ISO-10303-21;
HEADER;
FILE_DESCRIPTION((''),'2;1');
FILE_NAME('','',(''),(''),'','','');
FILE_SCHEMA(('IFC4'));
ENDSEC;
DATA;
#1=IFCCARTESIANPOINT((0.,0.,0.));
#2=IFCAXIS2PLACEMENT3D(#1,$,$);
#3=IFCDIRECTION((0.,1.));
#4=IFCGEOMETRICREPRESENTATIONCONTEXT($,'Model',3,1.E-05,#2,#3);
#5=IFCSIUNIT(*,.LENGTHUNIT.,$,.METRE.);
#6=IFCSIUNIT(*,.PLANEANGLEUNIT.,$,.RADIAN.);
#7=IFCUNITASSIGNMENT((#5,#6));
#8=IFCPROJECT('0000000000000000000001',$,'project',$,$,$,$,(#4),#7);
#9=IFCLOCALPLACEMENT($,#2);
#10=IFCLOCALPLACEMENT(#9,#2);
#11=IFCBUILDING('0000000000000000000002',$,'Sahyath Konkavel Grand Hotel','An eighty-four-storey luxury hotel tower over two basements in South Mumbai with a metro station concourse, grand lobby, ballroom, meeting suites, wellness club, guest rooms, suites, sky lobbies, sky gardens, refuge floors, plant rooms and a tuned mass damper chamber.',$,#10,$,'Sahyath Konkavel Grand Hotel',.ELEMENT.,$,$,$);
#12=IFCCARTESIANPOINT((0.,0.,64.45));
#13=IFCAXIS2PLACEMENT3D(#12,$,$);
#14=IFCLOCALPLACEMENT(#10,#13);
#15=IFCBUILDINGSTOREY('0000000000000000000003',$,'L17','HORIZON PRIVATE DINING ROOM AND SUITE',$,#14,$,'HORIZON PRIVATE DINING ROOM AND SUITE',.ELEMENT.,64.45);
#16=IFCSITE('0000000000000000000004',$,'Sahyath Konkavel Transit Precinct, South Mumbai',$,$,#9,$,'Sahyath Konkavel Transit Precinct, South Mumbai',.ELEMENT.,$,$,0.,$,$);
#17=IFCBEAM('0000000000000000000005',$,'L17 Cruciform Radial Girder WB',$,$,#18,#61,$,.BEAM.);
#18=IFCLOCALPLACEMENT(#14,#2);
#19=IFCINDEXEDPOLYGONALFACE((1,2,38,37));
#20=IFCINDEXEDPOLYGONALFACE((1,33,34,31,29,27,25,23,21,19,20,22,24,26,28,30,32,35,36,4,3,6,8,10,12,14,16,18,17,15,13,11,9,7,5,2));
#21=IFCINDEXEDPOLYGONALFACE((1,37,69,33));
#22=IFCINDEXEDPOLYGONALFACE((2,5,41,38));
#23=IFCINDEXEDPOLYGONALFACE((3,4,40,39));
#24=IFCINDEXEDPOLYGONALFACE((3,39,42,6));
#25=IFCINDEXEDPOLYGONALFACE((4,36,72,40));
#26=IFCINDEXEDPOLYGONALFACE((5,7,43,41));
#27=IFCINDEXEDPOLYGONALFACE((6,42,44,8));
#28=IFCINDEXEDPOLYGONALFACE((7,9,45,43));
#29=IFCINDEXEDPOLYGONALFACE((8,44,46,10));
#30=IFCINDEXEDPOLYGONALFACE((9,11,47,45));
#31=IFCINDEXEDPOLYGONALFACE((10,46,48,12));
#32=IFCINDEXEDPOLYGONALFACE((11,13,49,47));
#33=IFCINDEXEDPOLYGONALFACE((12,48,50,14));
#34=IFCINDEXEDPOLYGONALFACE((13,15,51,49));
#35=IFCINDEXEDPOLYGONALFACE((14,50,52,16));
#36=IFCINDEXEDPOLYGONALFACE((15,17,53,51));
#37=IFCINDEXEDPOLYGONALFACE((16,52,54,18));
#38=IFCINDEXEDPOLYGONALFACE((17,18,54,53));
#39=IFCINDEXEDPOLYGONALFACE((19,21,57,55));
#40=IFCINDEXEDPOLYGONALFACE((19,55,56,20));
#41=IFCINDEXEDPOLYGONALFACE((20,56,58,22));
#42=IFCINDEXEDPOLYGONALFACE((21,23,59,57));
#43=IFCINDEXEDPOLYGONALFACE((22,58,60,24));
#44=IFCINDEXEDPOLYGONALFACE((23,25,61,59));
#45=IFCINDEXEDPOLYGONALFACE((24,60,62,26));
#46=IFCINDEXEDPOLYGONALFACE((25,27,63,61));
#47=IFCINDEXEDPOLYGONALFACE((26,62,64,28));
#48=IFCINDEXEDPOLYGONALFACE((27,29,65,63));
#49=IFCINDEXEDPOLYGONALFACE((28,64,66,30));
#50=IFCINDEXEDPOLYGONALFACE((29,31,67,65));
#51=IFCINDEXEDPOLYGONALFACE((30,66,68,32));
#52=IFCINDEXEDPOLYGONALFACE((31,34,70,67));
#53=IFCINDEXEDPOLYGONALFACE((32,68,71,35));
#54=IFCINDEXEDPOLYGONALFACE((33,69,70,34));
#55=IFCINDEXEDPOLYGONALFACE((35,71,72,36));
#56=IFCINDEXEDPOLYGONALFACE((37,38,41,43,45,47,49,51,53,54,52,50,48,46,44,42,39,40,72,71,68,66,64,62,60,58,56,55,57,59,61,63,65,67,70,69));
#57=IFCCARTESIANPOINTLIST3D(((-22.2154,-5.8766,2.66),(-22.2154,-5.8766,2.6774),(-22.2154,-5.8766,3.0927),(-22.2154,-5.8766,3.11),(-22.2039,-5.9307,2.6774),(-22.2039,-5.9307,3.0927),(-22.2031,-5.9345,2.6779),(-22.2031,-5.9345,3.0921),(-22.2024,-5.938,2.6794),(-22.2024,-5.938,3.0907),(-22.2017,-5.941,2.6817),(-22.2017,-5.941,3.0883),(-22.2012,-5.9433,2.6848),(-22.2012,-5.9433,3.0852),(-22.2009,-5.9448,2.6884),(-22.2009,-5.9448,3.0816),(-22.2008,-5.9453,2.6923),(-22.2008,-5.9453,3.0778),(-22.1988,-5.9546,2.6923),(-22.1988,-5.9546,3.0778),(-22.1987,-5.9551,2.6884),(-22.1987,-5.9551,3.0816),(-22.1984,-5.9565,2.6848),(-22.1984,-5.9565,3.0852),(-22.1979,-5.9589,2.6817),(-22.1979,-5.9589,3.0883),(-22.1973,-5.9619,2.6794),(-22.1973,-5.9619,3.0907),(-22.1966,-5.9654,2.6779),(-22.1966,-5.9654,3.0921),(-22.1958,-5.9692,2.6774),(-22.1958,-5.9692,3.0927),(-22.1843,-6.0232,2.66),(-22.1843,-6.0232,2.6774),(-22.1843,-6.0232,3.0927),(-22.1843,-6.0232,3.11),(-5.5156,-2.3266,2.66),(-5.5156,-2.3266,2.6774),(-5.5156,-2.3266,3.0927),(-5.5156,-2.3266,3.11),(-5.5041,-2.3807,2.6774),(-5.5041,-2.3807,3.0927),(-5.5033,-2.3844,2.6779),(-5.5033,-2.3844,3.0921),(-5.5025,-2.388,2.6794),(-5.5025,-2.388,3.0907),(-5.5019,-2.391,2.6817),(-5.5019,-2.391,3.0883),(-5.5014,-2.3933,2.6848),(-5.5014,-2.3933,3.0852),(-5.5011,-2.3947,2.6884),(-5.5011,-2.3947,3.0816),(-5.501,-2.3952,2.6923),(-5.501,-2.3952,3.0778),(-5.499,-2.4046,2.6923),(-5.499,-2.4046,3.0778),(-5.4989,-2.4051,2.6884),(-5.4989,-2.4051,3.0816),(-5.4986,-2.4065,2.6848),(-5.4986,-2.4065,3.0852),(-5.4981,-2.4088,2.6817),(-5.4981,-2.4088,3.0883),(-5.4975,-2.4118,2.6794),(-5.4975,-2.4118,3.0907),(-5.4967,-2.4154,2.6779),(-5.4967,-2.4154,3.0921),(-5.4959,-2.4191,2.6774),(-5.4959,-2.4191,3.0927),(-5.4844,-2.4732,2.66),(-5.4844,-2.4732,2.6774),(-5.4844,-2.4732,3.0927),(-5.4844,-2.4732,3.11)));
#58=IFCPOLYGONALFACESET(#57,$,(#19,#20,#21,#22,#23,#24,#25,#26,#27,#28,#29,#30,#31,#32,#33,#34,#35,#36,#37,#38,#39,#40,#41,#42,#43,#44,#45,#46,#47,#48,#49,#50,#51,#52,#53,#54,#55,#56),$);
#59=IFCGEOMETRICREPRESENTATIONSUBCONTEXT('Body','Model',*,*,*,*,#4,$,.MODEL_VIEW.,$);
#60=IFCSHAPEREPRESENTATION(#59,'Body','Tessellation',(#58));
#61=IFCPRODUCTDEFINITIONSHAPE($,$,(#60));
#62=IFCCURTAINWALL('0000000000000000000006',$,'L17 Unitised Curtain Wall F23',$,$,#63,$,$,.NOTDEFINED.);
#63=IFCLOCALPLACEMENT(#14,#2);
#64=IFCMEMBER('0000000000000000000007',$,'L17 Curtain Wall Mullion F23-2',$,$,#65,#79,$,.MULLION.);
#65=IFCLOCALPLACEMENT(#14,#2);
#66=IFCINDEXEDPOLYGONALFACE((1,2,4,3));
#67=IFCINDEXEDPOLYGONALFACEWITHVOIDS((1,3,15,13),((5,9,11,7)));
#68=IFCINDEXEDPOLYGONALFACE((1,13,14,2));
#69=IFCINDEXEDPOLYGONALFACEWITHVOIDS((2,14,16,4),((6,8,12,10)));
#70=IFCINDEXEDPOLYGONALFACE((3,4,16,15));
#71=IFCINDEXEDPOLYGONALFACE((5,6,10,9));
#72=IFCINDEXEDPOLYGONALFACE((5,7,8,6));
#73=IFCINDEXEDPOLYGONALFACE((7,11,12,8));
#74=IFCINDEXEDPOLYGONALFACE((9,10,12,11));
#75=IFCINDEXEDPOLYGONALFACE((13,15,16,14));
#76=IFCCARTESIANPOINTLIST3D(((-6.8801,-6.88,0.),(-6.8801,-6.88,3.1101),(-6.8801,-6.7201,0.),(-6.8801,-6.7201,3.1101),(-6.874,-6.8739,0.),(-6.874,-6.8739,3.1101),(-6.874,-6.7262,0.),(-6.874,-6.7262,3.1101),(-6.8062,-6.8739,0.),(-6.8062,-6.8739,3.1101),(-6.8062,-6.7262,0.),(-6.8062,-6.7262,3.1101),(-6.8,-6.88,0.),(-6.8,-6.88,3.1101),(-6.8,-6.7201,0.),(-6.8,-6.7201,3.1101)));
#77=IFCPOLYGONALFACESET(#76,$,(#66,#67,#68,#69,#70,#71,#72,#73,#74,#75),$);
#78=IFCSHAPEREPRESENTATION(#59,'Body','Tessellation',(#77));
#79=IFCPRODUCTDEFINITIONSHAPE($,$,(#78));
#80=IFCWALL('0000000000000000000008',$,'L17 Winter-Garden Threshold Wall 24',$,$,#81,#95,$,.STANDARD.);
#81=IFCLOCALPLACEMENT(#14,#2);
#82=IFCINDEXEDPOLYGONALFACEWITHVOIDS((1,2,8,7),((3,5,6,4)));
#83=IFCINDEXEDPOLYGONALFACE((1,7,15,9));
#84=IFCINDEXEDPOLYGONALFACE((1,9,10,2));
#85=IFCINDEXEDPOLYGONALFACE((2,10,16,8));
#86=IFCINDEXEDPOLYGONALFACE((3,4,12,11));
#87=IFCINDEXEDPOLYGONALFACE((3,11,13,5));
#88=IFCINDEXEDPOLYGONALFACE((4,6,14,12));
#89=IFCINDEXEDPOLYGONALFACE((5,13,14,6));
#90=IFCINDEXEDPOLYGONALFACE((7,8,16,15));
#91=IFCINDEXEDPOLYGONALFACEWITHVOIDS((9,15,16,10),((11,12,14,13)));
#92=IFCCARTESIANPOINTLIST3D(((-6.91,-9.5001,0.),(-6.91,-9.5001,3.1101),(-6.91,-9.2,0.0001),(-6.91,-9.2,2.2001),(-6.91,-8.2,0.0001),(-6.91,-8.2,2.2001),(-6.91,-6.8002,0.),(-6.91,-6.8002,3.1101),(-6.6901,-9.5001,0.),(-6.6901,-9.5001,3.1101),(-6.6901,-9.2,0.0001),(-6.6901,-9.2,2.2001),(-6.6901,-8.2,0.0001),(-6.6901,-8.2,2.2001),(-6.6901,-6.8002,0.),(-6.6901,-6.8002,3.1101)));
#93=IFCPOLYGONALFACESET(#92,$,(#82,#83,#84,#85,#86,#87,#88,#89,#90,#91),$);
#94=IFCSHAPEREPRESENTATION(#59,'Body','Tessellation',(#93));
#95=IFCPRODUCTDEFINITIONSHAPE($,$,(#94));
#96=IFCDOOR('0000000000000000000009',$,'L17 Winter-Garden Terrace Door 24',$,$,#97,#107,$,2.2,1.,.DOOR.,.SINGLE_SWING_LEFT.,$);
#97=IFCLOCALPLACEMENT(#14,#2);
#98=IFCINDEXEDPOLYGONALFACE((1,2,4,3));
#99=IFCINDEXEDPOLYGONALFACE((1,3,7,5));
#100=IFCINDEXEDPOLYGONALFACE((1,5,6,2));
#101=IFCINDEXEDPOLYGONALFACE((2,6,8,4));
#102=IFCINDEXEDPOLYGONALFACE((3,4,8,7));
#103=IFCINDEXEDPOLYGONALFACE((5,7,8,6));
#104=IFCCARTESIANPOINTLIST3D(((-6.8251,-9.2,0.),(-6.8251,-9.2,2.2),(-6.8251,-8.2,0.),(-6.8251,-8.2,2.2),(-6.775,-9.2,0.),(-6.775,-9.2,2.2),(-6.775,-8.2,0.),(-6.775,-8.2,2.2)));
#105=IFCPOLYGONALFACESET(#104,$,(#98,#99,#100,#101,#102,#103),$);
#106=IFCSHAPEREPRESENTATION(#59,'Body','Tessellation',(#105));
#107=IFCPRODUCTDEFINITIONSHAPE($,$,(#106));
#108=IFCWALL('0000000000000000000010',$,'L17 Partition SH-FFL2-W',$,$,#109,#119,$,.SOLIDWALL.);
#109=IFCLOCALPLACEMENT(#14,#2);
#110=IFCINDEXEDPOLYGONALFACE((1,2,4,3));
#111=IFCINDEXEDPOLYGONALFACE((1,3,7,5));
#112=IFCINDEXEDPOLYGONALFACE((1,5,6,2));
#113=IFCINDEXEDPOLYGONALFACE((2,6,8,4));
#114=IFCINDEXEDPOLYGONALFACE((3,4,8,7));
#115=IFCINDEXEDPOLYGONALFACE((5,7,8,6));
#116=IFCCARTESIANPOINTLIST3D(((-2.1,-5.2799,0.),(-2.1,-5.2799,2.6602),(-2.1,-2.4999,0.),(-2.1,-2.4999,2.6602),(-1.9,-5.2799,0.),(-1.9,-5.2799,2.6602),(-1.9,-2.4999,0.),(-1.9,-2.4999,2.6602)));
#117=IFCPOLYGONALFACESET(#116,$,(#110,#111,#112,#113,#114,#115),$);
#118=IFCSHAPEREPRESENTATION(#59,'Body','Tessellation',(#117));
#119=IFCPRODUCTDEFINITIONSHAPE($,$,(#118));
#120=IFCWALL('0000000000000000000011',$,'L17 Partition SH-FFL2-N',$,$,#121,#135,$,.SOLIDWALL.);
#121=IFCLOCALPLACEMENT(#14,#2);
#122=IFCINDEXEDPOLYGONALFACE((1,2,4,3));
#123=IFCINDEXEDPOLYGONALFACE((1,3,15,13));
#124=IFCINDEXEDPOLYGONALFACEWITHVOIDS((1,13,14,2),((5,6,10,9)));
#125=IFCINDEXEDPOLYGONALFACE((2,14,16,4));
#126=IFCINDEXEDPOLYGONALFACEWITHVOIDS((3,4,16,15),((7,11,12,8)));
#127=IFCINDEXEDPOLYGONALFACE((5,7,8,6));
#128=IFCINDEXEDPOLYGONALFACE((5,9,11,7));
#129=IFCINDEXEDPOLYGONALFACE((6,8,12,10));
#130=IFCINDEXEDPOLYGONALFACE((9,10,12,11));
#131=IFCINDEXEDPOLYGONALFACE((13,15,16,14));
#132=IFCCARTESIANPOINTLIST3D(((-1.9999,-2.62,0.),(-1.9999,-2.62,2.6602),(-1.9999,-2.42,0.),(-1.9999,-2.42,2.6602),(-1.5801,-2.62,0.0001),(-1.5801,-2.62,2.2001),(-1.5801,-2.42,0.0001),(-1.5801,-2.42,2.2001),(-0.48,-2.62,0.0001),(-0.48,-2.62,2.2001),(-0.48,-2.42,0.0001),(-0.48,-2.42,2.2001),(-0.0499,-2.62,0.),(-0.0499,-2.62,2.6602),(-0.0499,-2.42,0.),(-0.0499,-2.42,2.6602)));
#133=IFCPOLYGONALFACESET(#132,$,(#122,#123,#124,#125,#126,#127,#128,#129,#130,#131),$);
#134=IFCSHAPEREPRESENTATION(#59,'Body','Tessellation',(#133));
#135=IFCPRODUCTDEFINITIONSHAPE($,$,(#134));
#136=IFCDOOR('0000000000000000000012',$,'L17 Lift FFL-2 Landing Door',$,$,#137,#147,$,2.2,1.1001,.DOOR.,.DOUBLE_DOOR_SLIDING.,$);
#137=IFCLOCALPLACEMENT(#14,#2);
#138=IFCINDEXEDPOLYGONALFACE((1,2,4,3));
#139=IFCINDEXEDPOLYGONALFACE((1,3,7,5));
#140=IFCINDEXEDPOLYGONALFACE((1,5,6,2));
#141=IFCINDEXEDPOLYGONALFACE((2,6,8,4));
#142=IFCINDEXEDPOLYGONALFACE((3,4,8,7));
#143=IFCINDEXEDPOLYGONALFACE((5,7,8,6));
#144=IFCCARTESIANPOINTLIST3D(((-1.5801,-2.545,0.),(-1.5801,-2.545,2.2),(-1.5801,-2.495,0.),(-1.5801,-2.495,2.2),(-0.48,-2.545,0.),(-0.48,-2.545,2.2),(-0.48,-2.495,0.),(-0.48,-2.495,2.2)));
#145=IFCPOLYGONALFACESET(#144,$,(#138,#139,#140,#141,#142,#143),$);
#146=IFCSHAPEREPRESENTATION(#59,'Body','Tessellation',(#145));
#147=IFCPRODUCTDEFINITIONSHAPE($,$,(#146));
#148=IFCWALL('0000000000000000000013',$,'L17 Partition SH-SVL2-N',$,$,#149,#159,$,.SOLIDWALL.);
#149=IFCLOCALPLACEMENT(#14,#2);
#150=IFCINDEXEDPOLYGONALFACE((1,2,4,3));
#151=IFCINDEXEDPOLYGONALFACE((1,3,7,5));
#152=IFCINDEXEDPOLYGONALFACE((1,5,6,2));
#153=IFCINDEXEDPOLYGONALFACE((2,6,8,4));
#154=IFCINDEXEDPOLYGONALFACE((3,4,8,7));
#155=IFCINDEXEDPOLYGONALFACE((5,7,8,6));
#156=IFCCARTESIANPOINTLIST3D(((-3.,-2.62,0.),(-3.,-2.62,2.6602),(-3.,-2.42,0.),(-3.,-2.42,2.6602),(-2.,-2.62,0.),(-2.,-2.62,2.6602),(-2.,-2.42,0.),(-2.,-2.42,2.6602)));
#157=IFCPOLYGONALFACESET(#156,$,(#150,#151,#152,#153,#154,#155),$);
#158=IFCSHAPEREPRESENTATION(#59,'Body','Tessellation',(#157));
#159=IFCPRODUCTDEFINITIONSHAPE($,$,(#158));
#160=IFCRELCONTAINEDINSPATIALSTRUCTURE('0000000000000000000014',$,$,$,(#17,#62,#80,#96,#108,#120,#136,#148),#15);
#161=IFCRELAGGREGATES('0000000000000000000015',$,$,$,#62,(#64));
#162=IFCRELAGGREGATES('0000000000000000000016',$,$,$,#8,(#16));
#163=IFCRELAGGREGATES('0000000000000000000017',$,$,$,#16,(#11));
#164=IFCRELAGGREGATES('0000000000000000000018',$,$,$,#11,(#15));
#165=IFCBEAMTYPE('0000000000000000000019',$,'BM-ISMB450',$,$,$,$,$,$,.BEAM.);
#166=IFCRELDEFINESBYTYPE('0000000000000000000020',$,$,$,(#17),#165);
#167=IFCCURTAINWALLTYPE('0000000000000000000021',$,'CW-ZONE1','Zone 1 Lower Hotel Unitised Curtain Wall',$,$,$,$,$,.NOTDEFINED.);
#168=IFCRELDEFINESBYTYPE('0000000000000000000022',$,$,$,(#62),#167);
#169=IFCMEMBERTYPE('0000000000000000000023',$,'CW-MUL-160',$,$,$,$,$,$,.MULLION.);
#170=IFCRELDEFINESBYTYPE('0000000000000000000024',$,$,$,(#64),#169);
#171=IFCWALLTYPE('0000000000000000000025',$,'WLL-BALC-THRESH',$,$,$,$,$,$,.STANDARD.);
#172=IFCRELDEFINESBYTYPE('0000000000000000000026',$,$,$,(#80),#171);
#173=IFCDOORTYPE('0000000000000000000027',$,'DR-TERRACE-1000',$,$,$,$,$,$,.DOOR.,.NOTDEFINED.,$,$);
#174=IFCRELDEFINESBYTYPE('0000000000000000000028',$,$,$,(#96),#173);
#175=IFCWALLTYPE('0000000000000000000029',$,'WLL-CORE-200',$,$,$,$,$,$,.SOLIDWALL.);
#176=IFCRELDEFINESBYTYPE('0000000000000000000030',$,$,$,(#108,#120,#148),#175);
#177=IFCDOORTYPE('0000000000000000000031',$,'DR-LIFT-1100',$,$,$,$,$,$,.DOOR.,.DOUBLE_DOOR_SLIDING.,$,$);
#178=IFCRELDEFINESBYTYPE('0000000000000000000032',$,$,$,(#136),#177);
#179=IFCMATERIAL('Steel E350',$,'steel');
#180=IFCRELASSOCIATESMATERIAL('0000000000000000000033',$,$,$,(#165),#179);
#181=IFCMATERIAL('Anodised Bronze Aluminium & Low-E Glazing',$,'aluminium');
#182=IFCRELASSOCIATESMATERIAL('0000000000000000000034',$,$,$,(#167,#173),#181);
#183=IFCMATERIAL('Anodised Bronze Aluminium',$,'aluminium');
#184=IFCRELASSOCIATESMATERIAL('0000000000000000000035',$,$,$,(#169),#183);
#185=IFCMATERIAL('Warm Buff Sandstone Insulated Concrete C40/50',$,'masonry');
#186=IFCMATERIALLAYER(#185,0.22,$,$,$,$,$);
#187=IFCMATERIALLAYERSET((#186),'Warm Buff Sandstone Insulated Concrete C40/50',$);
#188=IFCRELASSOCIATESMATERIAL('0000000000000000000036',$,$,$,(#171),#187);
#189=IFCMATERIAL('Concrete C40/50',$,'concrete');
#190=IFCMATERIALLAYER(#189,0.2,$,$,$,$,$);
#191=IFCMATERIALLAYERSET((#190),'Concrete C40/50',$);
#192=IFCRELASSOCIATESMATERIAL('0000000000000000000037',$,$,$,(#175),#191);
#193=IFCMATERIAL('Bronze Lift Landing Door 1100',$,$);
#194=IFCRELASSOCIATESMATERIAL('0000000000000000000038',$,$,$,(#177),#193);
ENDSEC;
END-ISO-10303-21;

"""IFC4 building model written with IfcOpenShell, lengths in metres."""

from ifc_helpers import new_model, si_unit, direction, frame, frame_2d, origin, origin_2d, place, context, subcontext, project, spatial, rectangle, hollow_rectangle, i_section, extrude, source, transform, mapped, material, layer, layer_set, material_profile, profile_set, type_object, element, fill, aggregate, save


model = new_model("IFC4")

# Units and contexts
model_context = context("Model", 3, precision=1e-05, world=origin(), true_north=direction((0.0, 1.0)))
body_context = subcontext(model_context, "Body", "Model", "MODEL_VIEW")
ifc_project = project(units=[si_unit("LENGTHUNIT", "METRE"), si_unit("PLANEANGLEUNIT", "RADIAN")], contexts=[model_context])

# Site, building, storey
site_placement = place(None, origin())
site = spatial("IfcSite", under=ifc_project, at=site_placement, Name="Sahyath Konkavel Transit Precinct, South Mumbai", LongName="Sahyath Konkavel Transit Precinct, South Mumbai", CompositionType="ELEMENT", RefElevation=0.0)
building_placement = place(site_placement, origin())
building = spatial("IfcBuilding", under=site, at=building_placement, Name="Sahyath Konkavel Grand Hotel", Description="An eighty-four-storey luxury hotel tower over two basements in South Mumbai with a metro station concourse, grand lobby, ballroom, meeting suites, wellness club, guest rooms, suites, sky lobbies, sky gardens, refuge floors, plant rooms and a tuned mass damper chamber.", LongName="Sahyath Konkavel Grand Hotel", CompositionType="ELEMENT")
storey_placement = place(building_placement, frame((0.0, 0.0, 64.45)))
storey = spatial("IfcBuildingStorey", under=building, at=storey_placement, Name="L17", Description="HORIZON PRIVATE DINING ROOM AND SUITE", LongName="HORIZON PRIVATE DINING ROOM AND SUITE", CompositionType="ELEMENT", Elevation=64.45)

# Beam
ifc_material_1 = material(Name="Steel E350", Category="steel")
ifc_material_profile_1 = material_profile(ifc_material_1, i_section(OverallWidth=0.1499, OverallDepth=0.45, WebThickness=0.0095, FlangeThickness=0.0173, FilletRadius=0.0149, at=origin_2d()), Name="ISMB 450")
ifc_profile_set_1 = profile_set([ifc_material_profile_1], Name="Steel E350")
beam_type_1 = type_object("IfcBeamType", Name="BM-ISMB450", PredefinedType="BEAM", material=ifc_profile_set_1)
shared_shape_1 = source(origin(), body_context, "Body", "SweptSolid", [
    extrude(i_section(OverallWidth=0.1499, OverallDepth=0.45, WebThickness=0.0095, FlangeThickness=0.0173, FilletRadius=0.0149, at=origin_2d()), origin(), (0.0, 0.0, 1.0), 17.073),
])
beam_1_placement = place(storey_placement, frame((-5.5, -2.3999, 2.885), z_axis=(-0.978143, -0.207932, 0.0), x_axis=(0.207932, -0.978143, 0.0)))
element("IfcBeam", 1, at=beam_1_placement, inside=storey, type_object=beam_type_1, Name="L17 Cruciform Radial Girder WB", PredefinedType="BEAM", context=body_context, shape_type="MappedRepresentation", body=[
    mapped(shared_shape_1, transform((0.0, 0.0, 0.0), scale=1.0)),
])

# Curtain wall, member
ifc_material_2 = material(Name="Anodised Bronze Aluminium & Low-E Glazing", Category="aluminium")
curtain_wall_type = type_object("IfcCurtainWallType", Name="CW-ZONE1", Description="Zone 1 Lower Hotel Unitised Curtain Wall", PredefinedType="NOTDEFINED", material=ifc_material_2)
curtain_wall_placement = place(storey_placement, origin())
curtain_wall = element("IfcCurtainWall", 2, at=curtain_wall_placement, inside=storey, type_object=curtain_wall_type, Name="L17 Unitised Curtain Wall F23", PredefinedType="NOTDEFINED")
ifc_material_3 = material(Name="Anodised Bronze Aluminium", Category="aluminium")
ifc_material_profile_2 = material_profile(ifc_material_3, hollow_rectangle(XDim=0.0801, YDim=0.1599, WallThickness=0.0061, at=origin_2d()), Name="RHS 160x80x6")
ifc_profile_set_2 = profile_set([ifc_material_profile_2], Name="Anodised Bronze Aluminium")
member_type = type_object("IfcMemberType", Name="CW-MUL-160", PredefinedType="MULLION", material=ifc_profile_set_2)
shared_shape_2 = source(origin(), body_context, "Body", "SweptSolid", [
    extrude(hollow_rectangle(XDim=0.0801, YDim=0.1599, WallThickness=0.0061, at=origin_2d()), origin(), (0.0, 0.0, 1.0), 3.1101),
])
member_placement = place(storey_placement, frame((-6.8401, -6.8, 0.0), z_axis=(0.0, 0.0, 1.0), x_axis=(1.0, 0.0, 0.0)))
member = element("IfcMember", 3, at=member_placement, type_object=member_type, Name="L17 Curtain Wall Mullion F23-2", PredefinedType="MULLION", context=body_context, shape_type="MappedRepresentation", body=[
    mapped(shared_shape_2, transform((0.0, 0.0, 0.0), scale=1.0)),
])
aggregate(curtain_wall, [member])

# Wall, opening, door
ifc_material_4 = material(Name="Warm Buff Sandstone Insulated Concrete C40/50", Category="masonry")
ifc_layer_1 = layer(ifc_material_4, 0.22)
ifc_layer_set_1 = layer_set([ifc_layer_1], Name="Warm Buff Sandstone Insulated Concrete C40/50")
wall_type_1 = type_object("IfcWallType", Name="WLL-BALC-THRESH", PredefinedType="STANDARD", material=ifc_layer_set_1)
wall_1_placement = place(storey_placement, frame((-6.8, -6.8, 0.0), z_axis=(0.0, 0.0, 1.0), x_axis=(0.0, -1.0, 0.0)))
wall_1 = element("IfcWall", 4, at=wall_1_placement, inside=storey, type_object=wall_type_1, Name="L17 Winter-Garden Threshold Wall 24", PredefinedType="STANDARD", context=body_context, shape_type="SweptSolid", body=[
    extrude(rectangle(XDim=2.7, YDim=0.22, at=frame_2d((1.3501, 0.0))), origin(), (0.0, 0.0, 1.0), 3.1101),
])
opening_1_placement = place(wall_1_placement, frame((1.3999, 0.0, 0.0)))
opening_1 = element("IfcOpeningElement", 5, at=opening_1_placement, cuts=wall_1, PredefinedType="OPENING", context=body_context, shape_type="SweptSolid", body=[
    extrude(rectangle(XDim=1.0, YDim=2.2, at=frame_2d((0.5, 1.1001))), frame((0.0, 0.1201, 0.0), z_axis=(0.0, -1.0, 0.0), x_axis=(1.0, 0.0, 0.0)), (0.0, 0.0, 1.0), 0.24),
])
door_type_1 = type_object("IfcDoorType", Name="DR-TERRACE-1000", OperationType="NOTDEFINED", PredefinedType="DOOR", material=ifc_material_2)
shared_shape_3 = source(origin(), body_context, "Body", "SweptSolid", [
    extrude(rectangle(XDim=1.0, YDim=0.05, at=origin_2d()), origin(), (0.0, 0.0, 1.0), 2.2),
])
door_1_placement = place(opening_1_placement, frame((0.5, 0.0, 0.0)))
door_1 = element("IfcDoor", 6, at=door_1_placement, inside=storey, type_object=door_type_1, Name="L17 Winter-Garden Terrace Door 24", OperationType="SINGLE_SWING_LEFT", OverallHeight=2.2, OverallWidth=1.0, PredefinedType="DOOR", context=body_context, shape_type="MappedRepresentation", body=[
    mapped(shared_shape_3, transform((0.0, 0.0, 0.0), scale=1.0)),
])
fill(opening_1, door_1)

# Wall
ifc_material_5 = material(Name="Concrete C40/50", Category="concrete")
ifc_layer_2 = layer(ifc_material_5, 0.2)
ifc_layer_set_2 = layer_set([ifc_layer_2], Name="Concrete C40/50")
wall_type_2 = type_object("IfcWallType", Name="WLL-CORE-200", PredefinedType="SOLIDWALL", material=ifc_layer_set_2)
wall_2_placement = place(storey_placement, frame((-2.0, -5.28, 0.0), z_axis=(0.0, 0.0, 1.0), x_axis=(0.0, 1.0, 0.0)))
element("IfcWall", 7, at=wall_2_placement, inside=storey, type_object=wall_type_2, Name="L17 Partition SH-FFL2-W", PredefinedType="SOLIDWALL", context=body_context, shape_type="SweptSolid", body=[
    extrude(rectangle(XDim=2.78, YDim=0.2, at=frame_2d((1.3901, 0.0))), origin(), (0.0, 0.0, 1.0), 2.6602),
])

# Wall, opening, door
wall_3_placement = place(storey_placement, frame((-2.0, -2.52, 0.0), z_axis=(0.0, 0.0, 1.0), x_axis=(1.0, 0.0, 0.0)))
wall_3 = element("IfcWall", 8, at=wall_3_placement, inside=storey, type_object=wall_type_2, Name="L17 Partition SH-FFL2-N", PredefinedType="SOLIDWALL", context=body_context, shape_type="SweptSolid", body=[
    extrude(rectangle(XDim=1.95, YDim=0.2, at=frame_2d((0.9751, 0.0))), origin(), (0.0, 0.0, 1.0), 2.6602),
])
opening_2_placement = place(wall_3_placement, frame((0.4199, 0.0, 0.0)))
opening_2 = element("IfcOpeningElement", 9, at=opening_2_placement, cuts=wall_3, PredefinedType="OPENING", context=body_context, shape_type="SweptSolid", body=[
    extrude(rectangle(XDim=1.1001, YDim=2.2, at=frame_2d((0.55, 1.1001))), frame((0.0, 0.1099, 0.0), z_axis=(0.0, -1.0, 0.0), x_axis=(1.0, 0.0, 0.0)), (0.0, 0.0, 1.0), 0.22),
])
ifc_material_6 = material(Name="Bronze Lift Landing Door 1100")
door_type_2 = type_object("IfcDoorType", Name="DR-LIFT-1100", OperationType="DOUBLE_DOOR_SLIDING", PredefinedType="DOOR", material=ifc_material_6)
shared_shape_4 = source(origin(), body_context, "Body", "SweptSolid", [
    extrude(rectangle(XDim=1.1001, YDim=0.05, at=origin_2d()), origin(), (0.0, 0.0, 1.0), 2.2),
])
door_2_placement = place(opening_2_placement, frame((0.55, 0.0, 0.0)))
door_2 = element("IfcDoor", 10, at=door_2_placement, inside=storey, type_object=door_type_2, Name="L17 Lift FFL-2 Landing Door", OperationType="DOUBLE_DOOR_SLIDING", OverallHeight=2.2, OverallWidth=1.1001, PredefinedType="DOOR", context=body_context, shape_type="MappedRepresentation", body=[
    mapped(shared_shape_4, transform((0.0, 0.0, 0.0), scale=1.0)),
])
fill(opening_2, door_2)

# Wall
wall_4_placement = place(storey_placement, frame((-3.0, -2.52, 0.0), z_axis=(0.0, 0.0, 1.0), x_axis=(1.0, 0.0, 0.0)))
element("IfcWall", 11, at=wall_4_placement, inside=storey, type_object=wall_type_2, Name="L17 Partition SH-SVL2-N", PredefinedType="SOLIDWALL", context=body_context, shape_type="SweptSolid", body=[
    extrude(rectangle(XDim=1.0, YDim=0.2, at=frame_2d((0.5, 0.0))), origin(), (0.0, 0.0, 1.0), 2.6602),
])

save(model, "model.ifc")
